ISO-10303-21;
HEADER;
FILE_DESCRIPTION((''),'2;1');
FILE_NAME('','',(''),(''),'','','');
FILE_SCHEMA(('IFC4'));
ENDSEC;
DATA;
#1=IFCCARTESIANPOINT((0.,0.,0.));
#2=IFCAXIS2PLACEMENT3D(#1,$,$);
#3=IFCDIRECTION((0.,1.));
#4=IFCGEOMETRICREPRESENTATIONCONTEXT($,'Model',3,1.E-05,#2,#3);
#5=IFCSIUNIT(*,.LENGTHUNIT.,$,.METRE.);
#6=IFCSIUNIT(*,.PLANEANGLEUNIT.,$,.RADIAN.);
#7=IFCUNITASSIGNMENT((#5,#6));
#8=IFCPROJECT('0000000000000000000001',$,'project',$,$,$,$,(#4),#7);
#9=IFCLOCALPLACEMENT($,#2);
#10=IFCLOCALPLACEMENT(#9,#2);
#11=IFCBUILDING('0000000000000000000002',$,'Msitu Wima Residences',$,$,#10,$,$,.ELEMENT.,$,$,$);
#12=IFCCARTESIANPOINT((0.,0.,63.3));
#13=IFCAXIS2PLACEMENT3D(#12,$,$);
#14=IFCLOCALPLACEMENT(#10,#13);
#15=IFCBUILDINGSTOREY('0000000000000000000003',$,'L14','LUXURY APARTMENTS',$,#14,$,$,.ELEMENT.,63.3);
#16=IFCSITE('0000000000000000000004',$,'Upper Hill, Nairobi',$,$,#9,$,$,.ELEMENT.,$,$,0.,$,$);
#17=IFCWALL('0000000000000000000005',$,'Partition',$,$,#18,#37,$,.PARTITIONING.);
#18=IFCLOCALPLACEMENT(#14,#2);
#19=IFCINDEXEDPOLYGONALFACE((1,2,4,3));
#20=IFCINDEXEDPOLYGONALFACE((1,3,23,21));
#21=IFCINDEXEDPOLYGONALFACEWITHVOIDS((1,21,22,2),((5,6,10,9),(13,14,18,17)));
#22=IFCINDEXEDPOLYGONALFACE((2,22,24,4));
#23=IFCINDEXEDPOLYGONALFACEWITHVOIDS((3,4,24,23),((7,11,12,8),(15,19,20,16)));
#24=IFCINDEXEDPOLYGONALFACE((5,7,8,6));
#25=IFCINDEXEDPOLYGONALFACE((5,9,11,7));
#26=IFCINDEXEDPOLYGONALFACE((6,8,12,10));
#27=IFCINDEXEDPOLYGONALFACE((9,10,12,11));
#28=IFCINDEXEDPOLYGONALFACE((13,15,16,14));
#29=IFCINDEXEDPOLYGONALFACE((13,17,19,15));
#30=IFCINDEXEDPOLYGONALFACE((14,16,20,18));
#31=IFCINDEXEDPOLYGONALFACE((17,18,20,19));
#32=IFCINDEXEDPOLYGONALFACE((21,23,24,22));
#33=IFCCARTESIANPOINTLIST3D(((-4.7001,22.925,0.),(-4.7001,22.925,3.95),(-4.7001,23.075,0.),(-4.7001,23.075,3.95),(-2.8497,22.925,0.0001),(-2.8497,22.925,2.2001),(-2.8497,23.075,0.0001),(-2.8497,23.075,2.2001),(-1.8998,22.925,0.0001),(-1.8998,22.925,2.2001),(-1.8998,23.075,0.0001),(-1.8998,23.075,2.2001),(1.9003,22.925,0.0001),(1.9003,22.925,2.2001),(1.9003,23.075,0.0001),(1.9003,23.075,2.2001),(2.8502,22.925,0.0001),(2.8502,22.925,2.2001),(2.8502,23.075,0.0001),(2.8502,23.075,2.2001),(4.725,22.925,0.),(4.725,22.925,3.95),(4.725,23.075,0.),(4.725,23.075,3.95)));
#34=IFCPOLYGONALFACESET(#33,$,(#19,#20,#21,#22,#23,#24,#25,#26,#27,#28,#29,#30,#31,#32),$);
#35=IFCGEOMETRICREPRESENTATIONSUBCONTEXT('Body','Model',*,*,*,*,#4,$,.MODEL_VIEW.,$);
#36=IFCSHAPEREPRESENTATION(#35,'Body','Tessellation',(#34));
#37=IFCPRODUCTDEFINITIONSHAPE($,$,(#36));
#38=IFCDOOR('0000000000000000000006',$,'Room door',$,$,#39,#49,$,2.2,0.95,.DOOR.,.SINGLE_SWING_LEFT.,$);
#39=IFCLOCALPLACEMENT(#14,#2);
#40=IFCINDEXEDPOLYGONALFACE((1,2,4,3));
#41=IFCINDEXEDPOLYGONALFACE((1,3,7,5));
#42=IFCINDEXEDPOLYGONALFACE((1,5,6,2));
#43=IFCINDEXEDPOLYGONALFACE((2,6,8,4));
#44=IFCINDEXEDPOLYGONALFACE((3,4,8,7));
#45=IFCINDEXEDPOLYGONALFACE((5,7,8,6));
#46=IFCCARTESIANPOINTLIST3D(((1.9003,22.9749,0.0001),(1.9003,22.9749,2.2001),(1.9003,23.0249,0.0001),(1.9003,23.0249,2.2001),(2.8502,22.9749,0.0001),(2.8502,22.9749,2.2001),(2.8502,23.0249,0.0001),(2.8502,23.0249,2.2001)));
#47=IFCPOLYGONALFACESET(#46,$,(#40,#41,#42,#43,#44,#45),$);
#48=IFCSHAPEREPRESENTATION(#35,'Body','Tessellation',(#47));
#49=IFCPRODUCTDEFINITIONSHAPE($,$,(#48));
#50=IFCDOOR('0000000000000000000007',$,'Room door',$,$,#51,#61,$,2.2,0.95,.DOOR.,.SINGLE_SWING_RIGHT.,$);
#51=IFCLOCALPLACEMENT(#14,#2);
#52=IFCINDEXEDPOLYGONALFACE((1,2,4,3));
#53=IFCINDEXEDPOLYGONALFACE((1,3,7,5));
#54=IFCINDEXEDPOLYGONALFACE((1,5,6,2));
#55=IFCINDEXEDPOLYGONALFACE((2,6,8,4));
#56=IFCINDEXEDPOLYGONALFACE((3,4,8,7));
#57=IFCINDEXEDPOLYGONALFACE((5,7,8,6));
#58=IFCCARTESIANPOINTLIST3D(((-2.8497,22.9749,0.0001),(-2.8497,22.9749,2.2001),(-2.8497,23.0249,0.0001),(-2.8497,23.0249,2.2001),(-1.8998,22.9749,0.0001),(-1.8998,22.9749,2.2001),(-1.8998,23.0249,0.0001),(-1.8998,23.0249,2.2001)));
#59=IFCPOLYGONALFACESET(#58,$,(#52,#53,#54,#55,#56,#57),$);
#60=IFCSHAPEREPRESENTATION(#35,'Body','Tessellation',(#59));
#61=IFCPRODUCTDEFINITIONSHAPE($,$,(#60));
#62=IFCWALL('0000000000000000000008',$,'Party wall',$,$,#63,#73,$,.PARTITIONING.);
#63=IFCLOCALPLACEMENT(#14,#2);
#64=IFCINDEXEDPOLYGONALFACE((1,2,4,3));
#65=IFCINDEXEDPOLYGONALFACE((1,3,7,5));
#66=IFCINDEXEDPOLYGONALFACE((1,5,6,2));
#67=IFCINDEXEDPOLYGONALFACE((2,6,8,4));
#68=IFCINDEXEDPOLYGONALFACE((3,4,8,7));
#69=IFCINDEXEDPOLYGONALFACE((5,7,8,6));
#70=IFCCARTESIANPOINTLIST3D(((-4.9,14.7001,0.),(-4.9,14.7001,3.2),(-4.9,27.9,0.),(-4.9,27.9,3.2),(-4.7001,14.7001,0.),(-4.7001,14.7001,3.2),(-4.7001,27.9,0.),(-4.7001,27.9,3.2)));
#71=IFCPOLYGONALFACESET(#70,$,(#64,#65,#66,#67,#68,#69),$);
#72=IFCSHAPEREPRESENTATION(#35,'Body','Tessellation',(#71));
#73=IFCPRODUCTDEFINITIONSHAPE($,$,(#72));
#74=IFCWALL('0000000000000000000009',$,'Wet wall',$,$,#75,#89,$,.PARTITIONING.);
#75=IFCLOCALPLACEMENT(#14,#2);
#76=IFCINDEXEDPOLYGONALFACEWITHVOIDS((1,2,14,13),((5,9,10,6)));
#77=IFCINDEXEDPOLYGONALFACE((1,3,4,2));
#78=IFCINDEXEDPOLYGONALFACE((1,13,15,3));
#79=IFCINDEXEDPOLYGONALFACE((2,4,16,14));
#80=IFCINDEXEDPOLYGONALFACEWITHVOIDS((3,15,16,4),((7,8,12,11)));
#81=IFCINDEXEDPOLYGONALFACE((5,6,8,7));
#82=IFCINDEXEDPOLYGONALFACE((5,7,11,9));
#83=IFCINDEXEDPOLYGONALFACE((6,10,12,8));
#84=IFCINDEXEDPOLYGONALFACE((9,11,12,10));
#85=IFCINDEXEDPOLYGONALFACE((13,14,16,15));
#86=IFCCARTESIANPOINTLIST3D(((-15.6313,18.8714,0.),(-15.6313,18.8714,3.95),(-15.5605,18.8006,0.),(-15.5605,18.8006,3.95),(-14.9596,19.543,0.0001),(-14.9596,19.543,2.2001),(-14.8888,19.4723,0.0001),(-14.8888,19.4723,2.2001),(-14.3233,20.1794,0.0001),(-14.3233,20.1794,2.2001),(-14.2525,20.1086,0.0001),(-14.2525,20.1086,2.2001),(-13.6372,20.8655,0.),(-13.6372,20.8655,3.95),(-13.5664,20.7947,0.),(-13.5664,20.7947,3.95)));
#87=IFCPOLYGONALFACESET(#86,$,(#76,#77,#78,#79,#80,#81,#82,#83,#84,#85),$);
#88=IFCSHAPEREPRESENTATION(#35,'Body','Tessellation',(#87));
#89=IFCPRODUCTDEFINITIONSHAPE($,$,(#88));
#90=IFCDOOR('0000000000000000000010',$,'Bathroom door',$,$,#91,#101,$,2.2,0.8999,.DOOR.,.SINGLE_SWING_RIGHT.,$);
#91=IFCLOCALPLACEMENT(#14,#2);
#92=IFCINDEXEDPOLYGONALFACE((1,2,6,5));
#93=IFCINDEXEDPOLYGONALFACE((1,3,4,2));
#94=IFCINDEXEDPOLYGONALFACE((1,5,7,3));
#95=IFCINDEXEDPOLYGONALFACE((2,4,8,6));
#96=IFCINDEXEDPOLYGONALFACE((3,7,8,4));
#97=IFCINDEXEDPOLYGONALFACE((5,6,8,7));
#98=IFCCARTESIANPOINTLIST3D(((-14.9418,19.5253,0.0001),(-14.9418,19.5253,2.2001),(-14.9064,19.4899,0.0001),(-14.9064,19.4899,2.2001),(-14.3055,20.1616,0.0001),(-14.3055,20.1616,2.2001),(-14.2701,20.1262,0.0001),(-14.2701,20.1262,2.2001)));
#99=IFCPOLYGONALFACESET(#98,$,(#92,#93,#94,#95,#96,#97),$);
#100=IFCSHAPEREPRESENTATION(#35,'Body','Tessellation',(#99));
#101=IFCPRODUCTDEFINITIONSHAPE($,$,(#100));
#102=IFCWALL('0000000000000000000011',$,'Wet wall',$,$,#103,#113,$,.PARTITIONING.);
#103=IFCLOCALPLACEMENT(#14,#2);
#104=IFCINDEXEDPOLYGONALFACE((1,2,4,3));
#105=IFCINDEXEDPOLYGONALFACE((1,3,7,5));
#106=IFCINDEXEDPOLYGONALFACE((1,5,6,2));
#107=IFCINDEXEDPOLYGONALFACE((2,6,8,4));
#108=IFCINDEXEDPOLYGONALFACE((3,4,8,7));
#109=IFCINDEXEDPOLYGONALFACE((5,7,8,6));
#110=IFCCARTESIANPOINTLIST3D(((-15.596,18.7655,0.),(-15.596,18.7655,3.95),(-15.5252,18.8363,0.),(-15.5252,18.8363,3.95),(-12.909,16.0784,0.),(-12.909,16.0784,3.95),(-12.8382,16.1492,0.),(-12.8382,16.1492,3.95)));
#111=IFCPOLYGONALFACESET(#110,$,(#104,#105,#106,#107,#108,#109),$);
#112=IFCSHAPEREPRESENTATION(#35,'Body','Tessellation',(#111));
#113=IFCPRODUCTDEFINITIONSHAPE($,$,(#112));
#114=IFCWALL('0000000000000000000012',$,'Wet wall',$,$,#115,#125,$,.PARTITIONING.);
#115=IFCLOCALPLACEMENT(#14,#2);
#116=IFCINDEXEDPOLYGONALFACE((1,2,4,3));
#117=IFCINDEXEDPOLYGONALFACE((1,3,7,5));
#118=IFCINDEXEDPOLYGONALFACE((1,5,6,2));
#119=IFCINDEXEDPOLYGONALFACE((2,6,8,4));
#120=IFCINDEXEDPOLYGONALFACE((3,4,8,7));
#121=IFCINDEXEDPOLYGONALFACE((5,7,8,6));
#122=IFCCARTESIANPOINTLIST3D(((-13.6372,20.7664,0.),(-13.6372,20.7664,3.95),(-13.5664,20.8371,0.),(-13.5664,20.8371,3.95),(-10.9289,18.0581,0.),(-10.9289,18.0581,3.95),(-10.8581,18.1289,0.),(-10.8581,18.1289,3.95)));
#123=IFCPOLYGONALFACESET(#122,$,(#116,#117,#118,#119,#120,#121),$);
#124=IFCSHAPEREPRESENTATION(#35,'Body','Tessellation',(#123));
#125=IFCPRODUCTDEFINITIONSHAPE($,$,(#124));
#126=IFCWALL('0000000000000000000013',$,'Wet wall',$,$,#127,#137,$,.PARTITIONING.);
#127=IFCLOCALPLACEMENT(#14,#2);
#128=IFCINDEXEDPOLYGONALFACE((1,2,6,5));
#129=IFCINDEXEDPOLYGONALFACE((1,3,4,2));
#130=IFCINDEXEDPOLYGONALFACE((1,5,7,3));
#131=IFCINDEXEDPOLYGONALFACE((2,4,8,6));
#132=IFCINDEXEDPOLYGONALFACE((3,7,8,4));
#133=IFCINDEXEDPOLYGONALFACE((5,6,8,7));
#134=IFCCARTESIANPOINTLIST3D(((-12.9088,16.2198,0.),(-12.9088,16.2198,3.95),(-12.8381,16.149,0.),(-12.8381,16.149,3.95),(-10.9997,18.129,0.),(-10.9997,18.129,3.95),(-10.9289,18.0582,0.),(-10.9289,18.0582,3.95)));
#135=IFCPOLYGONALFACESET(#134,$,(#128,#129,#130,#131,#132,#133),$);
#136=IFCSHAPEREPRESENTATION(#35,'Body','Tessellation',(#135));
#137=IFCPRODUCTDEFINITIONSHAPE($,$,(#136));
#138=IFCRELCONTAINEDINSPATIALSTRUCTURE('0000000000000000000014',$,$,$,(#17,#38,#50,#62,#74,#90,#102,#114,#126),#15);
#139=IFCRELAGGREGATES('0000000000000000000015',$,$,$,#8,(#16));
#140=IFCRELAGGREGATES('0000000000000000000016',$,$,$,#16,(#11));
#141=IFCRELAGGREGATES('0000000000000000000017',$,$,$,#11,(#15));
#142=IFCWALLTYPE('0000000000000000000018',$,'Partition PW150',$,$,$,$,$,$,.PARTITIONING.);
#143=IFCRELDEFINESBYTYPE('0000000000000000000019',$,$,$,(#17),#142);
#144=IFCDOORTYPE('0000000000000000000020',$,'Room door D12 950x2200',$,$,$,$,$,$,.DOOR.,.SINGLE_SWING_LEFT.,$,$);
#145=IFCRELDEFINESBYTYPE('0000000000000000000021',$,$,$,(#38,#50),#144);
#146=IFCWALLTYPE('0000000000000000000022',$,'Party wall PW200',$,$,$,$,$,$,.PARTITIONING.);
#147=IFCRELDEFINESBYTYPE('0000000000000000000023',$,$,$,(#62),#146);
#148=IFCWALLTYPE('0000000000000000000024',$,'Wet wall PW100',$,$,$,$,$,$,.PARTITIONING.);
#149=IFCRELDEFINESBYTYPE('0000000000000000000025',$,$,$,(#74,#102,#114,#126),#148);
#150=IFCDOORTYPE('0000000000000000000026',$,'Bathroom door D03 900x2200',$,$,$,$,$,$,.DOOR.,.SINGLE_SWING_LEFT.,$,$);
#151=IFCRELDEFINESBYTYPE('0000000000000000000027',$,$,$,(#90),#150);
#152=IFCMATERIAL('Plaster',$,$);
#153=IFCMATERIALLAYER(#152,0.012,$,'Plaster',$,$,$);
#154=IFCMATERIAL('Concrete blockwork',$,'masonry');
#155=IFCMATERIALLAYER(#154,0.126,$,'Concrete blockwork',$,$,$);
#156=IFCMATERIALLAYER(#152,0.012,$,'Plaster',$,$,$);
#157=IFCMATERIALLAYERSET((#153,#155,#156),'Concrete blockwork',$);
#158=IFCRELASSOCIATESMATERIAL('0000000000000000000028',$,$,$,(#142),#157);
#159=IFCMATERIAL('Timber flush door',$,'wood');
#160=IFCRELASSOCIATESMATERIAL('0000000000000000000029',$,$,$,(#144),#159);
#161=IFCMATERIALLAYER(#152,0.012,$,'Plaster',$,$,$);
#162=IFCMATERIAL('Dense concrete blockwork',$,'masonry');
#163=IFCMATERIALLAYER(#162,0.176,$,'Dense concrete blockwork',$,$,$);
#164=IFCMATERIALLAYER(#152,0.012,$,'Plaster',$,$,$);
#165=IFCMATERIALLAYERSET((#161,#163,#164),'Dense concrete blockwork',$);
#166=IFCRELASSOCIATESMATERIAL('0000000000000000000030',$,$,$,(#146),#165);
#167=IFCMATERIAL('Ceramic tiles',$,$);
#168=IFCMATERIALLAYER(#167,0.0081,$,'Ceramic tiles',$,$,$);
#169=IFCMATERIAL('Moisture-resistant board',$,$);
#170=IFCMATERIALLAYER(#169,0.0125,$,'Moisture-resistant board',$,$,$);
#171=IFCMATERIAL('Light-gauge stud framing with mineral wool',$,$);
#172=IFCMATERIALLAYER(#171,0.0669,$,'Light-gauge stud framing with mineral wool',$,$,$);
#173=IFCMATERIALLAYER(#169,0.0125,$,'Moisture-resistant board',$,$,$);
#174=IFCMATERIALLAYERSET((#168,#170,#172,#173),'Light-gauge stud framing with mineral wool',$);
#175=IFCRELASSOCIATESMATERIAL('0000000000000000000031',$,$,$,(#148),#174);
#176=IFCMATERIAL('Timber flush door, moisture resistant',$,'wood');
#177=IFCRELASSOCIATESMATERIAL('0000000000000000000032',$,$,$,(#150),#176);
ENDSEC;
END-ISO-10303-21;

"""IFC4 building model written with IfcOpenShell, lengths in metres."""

from ifc_helpers import new_model, si_unit, direction, frame, frame_2d, origin, place, context, subcontext, project, spatial, rectangle, extrude, material, layer, layer_set, type_object, element, fill, save


model = new_model("IFC4")

# Units and contexts
model_context = context("Model", 3, precision=1e-05, world=origin(), true_north=direction((0.0, 1.0)))
body_context = subcontext(model_context, "Body", "Model", "MODEL_VIEW")
ifc_project = project(units=[si_unit("LENGTHUNIT", "METRE"), si_unit("PLANEANGLEUNIT", "RADIAN")], contexts=[model_context])

# Site, building, storey
site_placement = place(None, origin())
site = spatial("IfcSite", under=ifc_project, at=site_placement, Name="Upper Hill, Nairobi", CompositionType="ELEMENT", RefElevation=0.0)
building_placement = place(site_placement, origin())
building = spatial("IfcBuilding", under=site, at=building_placement, Name="Msitu Wima Residences", CompositionType="ELEMENT")
storey_placement = place(building_placement, frame((0.0, 0.0, 63.3)))
storey = spatial("IfcBuildingStorey", under=building, at=storey_placement, Name="L14", Description="LUXURY APARTMENTS", CompositionType="ELEMENT", Elevation=63.3)

# Shared definitions
ifc_material_1 = material(Name="Plaster")
ifc_layer_1 = layer(ifc_material_1, 0.012, Name="Plaster")
ifc_material_2 = material(Name="Concrete blockwork", Category="masonry")
ifc_layer_2 = layer(ifc_material_2, 0.126, Name="Concrete blockwork")
ifc_layer_3 = layer(ifc_material_1, 0.012, Name="Plaster")
ifc_layer_set_1 = layer_set([ifc_layer_1, ifc_layer_2, ifc_layer_3], Name="Concrete blockwork")
wall_type_1 = type_object("IfcWallType", Name="Partition PW150", PredefinedType="PARTITIONING", material=ifc_layer_set_1)
ifc_material_3 = material(Name="Timber flush door", Category="wood")
door_type_1 = type_object("IfcDoorType", Name="Room door D12 950x2200", OperationType="SINGLE_SWING_LEFT", PredefinedType="DOOR", material=ifc_material_3)

# Wall, openings, doors
wall_1_placement = place(storey_placement, frame((-4.7, 23.0, 0.0), z_axis=(0.0, 0.0, 1.0), x_axis=(1.0, 0.0, 0.0)))
wall_1 = element("IfcWall", 1, at=wall_1_placement, inside=storey, type_object=wall_type_1, Name="Partition", PredefinedType="PARTITIONING", context=body_context, shape_type="SweptSolid", body=[
    extrude(rectangle(XDim=9.425, YDim=0.1499, at=frame_2d((4.7124, 0.0))), origin(), (0.0, 0.0, 1.0), 3.95),
])
opening_1_placement = place(wall_1_placement, frame((6.6001, 0.0, 0.0)))
opening_1 = element("IfcOpeningElement", 2, at=opening_1_placement, cuts=wall_1, PredefinedType="OPENING", context=body_context, shape_type="SweptSolid", body=[
    extrude(rectangle(XDim=0.95, YDim=2.2, at=frame_2d((0.4751, 1.1001))), frame((0.0, 0.085, 0.0), z_axis=(0.0, -1.0, 0.0), x_axis=(1.0, 0.0, 0.0)), (0.0, 0.0, 1.0), 0.1699),
])
opening_2_placement = place(wall_1_placement, frame((1.8501, 0.0, 0.0)))
opening_2 = element("IfcOpeningElement", 3, at=opening_2_placement, cuts=wall_1, PredefinedType="OPENING", context=body_context, shape_type="SweptSolid", body=[
    extrude(rectangle(XDim=0.95, YDim=2.2, at=frame_2d((0.4751, 1.1001))), frame((0.0, 0.085, 0.0), z_axis=(0.0, -1.0, 0.0), x_axis=(1.0, 0.0, 0.0)), (0.0, 0.0, 1.0), 0.1699),
])
door_1_placement = place(opening_1_placement, origin())
door_1 = element("IfcDoor", 4, at=door_1_placement, inside=storey, type_object=door_type_1, Name="Room door", OperationType="SINGLE_SWING_LEFT", OverallHeight=2.2, OverallWidth=0.95, PredefinedType="DOOR", context=body_context, shape_type="SweptSolid", body=[
    extrude(rectangle(XDim=0.95, YDim=2.2, at=frame_2d((0.4751, 1.1001))), frame((0.0, 0.0249, 0.0), z_axis=(0.0, -1.0, 0.0), x_axis=(1.0, 0.0, 0.0)), (0.0, 0.0, 1.0), 0.05),
])
fill(opening_1, door_1)
door_2_placement = place(opening_2_placement, origin())
door_2 = element("IfcDoor", 5, at=door_2_placement, inside=storey, type_object=door_type_1, Name="Room door", OperationType="SINGLE_SWING_RIGHT", OverallHeight=2.2, OverallWidth=0.95, PredefinedType="DOOR", context=body_context, shape_type="SweptSolid", body=[
    extrude(rectangle(XDim=0.95, YDim=2.2, at=frame_2d((0.4751, 1.1001))), frame((0.0, 0.0249, 0.0), z_axis=(0.0, -1.0, 0.0), x_axis=(1.0, 0.0, 0.0)), (0.0, 0.0, 1.0), 0.05),
])
fill(opening_2, door_2)

# Wall
ifc_layer_4 = layer(ifc_material_1, 0.012, Name="Plaster")
ifc_material_4 = material(Name="Dense concrete blockwork", Category="masonry")
ifc_layer_5 = layer(ifc_material_4, 0.176, Name="Dense concrete blockwork")
ifc_layer_6 = layer(ifc_material_1, 0.012, Name="Plaster")
ifc_layer_set_2 = layer_set([ifc_layer_4, ifc_layer_5, ifc_layer_6], Name="Dense concrete blockwork")
wall_type_2 = type_object("IfcWallType", Name="Party wall PW200", PredefinedType="PARTITIONING", material=ifc_layer_set_2)
wall_2_placement = place(storey_placement, frame((-4.8, 14.7, 0.0), z_axis=(0.0, 0.0, 1.0), x_axis=(0.0, 1.0, 0.0)))
element("IfcWall", 6, at=wall_2_placement, inside=storey, type_object=wall_type_2, Name="Party wall", PredefinedType="PARTITIONING", context=body_context, shape_type="SweptSolid", body=[
    extrude(rectangle(XDim=13.2, YDim=0.2, at=frame_2d((6.6001, 0.0))), origin(), (0.0, 0.0, 1.0), 3.2),
])

# Wall, opening, door
ifc_material_5 = material(Name="Ceramic tiles")
ifc_layer_7 = layer(ifc_material_5, 0.0081, Name="Ceramic tiles")
ifc_material_6 = material(Name="Moisture-resistant board")
ifc_layer_8 = layer(ifc_material_6, 0.0125, Name="Moisture-resistant board")
ifc_material_7 = material(Name="Light-gauge stud framing with mineral wool")
ifc_layer_9 = layer(ifc_material_7, 0.0669, Name="Light-gauge stud framing with mineral wool")
ifc_layer_10 = layer(ifc_material_6, 0.0125, Name="Moisture-resistant board")
ifc_layer_set_3 = layer_set([ifc_layer_7, ifc_layer_8, ifc_layer_9, ifc_layer_10], Name="Light-gauge stud framing with mineral wool")
wall_type_3 = type_object("IfcWallType", Name="Wet wall PW100", PredefinedType="PARTITIONING", material=ifc_layer_set_3)
wall_3_placement = place(storey_placement, frame((-15.5959, 18.8359, 0.0), z_axis=(0.0, 0.0, 1.0), x_axis=(0.707107, 0.707107, 0.0)))
wall_3 = element("IfcWall", 7, at=wall_3_placement, inside=storey, type_object=wall_type_3, Name="Wet wall", PredefinedType="PARTITIONING", context=body_context, shape_type="SweptSolid", body=[
    extrude(rectangle(XDim=2.8201, YDim=0.1001, at=frame_2d((1.4102, 0.0))), origin(), (0.0, 0.0, 1.0), 3.95),
])
opening_3_placement = place(wall_3_placement, frame((0.95, 0.0, 0.0)))
opening_3 = element("IfcOpeningElement", 8, at=opening_3_placement, cuts=wall_3, PredefinedType="OPENING", context=body_context, shape_type="SweptSolid", body=[
    extrude(rectangle(XDim=0.8999, YDim=2.2, at=frame_2d((0.45, 1.1001))), frame((0.0, 0.0601, 0.0), z_axis=(0.0, -1.0, 0.0), x_axis=(1.0, 0.0, 0.0)), (0.0, 0.0, 1.0), 0.1201),
])
ifc_material_8 = material(Name="Timber flush door, moisture resistant", Category="wood")
door_type_2 = type_object("IfcDoorType", Name="Bathroom door D03 900x2200", OperationType="SINGLE_SWING_LEFT", PredefinedType="DOOR", material=ifc_material_8)
door_3_placement = place(opening_3_placement, origin())
door_3 = element("IfcDoor", 9, at=door_3_placement, inside=storey, type_object=door_type_2, Name="Bathroom door", OperationType="SINGLE_SWING_RIGHT", OverallHeight=2.2, OverallWidth=0.8999, PredefinedType="DOOR", context=body_context, shape_type="SweptSolid", body=[
    extrude(rectangle(XDim=0.8999, YDim=2.2, at=frame_2d((0.45, 1.1001))), frame((0.0, 0.0249, 0.0), z_axis=(0.0, -1.0, 0.0), x_axis=(1.0, 0.0, 0.0)), (0.0, 0.0, 1.0), 0.05),
])
fill(opening_3, door_3)

# Walls
wall_4_placement = place(storey_placement, frame((-15.5605, 18.8008, 0.0), z_axis=(0.0, 0.0, 1.0), x_axis=(0.707107, -0.707107, 0.0)))
element("IfcWall", 10, at=wall_4_placement, inside=storey, type_object=wall_type_3, Name="Wet wall", PredefinedType="PARTITIONING", context=body_context, shape_type="SweptSolid", body=[
    extrude(rectangle(XDim=3.8, YDim=0.1001, at=frame_2d((1.8999, 0.0))), origin(), (0.0, 0.0, 1.0), 3.95),
])
wall_5_placement = place(storey_placement, frame((-13.6018, 20.8018, 0.0), z_axis=(0.0, 0.0, 1.0), x_axis=(0.707107, -0.707107, 0.0)))
element("IfcWall", 11, at=wall_5_placement, inside=storey, type_object=wall_type_3, Name="Wet wall", PredefinedType="PARTITIONING", context=body_context, shape_type="SweptSolid", body=[
    extrude(rectangle(XDim=3.8301, YDim=0.1001, at=frame_2d((1.915, 0.0))), origin(), (0.0, 0.0, 1.0), 3.95),
])
wall_6_placement = place(storey_placement, frame((-12.8735, 16.1843, 0.0), z_axis=(0.0, 0.0, 1.0), x_axis=(0.707107, 0.707107, 0.0)))
element("IfcWall", 12, at=wall_6_placement, inside=storey, type_object=wall_type_3, Name="Wet wall", PredefinedType="PARTITIONING", context=body_context, shape_type="SweptSolid", body=[
    extrude(rectangle(XDim=2.7, YDim=0.1001, at=frame_2d((1.3501, 0.0))), origin(), (0.0, 0.0, 1.0), 3.95),
])

save(model, "model.ifc")
